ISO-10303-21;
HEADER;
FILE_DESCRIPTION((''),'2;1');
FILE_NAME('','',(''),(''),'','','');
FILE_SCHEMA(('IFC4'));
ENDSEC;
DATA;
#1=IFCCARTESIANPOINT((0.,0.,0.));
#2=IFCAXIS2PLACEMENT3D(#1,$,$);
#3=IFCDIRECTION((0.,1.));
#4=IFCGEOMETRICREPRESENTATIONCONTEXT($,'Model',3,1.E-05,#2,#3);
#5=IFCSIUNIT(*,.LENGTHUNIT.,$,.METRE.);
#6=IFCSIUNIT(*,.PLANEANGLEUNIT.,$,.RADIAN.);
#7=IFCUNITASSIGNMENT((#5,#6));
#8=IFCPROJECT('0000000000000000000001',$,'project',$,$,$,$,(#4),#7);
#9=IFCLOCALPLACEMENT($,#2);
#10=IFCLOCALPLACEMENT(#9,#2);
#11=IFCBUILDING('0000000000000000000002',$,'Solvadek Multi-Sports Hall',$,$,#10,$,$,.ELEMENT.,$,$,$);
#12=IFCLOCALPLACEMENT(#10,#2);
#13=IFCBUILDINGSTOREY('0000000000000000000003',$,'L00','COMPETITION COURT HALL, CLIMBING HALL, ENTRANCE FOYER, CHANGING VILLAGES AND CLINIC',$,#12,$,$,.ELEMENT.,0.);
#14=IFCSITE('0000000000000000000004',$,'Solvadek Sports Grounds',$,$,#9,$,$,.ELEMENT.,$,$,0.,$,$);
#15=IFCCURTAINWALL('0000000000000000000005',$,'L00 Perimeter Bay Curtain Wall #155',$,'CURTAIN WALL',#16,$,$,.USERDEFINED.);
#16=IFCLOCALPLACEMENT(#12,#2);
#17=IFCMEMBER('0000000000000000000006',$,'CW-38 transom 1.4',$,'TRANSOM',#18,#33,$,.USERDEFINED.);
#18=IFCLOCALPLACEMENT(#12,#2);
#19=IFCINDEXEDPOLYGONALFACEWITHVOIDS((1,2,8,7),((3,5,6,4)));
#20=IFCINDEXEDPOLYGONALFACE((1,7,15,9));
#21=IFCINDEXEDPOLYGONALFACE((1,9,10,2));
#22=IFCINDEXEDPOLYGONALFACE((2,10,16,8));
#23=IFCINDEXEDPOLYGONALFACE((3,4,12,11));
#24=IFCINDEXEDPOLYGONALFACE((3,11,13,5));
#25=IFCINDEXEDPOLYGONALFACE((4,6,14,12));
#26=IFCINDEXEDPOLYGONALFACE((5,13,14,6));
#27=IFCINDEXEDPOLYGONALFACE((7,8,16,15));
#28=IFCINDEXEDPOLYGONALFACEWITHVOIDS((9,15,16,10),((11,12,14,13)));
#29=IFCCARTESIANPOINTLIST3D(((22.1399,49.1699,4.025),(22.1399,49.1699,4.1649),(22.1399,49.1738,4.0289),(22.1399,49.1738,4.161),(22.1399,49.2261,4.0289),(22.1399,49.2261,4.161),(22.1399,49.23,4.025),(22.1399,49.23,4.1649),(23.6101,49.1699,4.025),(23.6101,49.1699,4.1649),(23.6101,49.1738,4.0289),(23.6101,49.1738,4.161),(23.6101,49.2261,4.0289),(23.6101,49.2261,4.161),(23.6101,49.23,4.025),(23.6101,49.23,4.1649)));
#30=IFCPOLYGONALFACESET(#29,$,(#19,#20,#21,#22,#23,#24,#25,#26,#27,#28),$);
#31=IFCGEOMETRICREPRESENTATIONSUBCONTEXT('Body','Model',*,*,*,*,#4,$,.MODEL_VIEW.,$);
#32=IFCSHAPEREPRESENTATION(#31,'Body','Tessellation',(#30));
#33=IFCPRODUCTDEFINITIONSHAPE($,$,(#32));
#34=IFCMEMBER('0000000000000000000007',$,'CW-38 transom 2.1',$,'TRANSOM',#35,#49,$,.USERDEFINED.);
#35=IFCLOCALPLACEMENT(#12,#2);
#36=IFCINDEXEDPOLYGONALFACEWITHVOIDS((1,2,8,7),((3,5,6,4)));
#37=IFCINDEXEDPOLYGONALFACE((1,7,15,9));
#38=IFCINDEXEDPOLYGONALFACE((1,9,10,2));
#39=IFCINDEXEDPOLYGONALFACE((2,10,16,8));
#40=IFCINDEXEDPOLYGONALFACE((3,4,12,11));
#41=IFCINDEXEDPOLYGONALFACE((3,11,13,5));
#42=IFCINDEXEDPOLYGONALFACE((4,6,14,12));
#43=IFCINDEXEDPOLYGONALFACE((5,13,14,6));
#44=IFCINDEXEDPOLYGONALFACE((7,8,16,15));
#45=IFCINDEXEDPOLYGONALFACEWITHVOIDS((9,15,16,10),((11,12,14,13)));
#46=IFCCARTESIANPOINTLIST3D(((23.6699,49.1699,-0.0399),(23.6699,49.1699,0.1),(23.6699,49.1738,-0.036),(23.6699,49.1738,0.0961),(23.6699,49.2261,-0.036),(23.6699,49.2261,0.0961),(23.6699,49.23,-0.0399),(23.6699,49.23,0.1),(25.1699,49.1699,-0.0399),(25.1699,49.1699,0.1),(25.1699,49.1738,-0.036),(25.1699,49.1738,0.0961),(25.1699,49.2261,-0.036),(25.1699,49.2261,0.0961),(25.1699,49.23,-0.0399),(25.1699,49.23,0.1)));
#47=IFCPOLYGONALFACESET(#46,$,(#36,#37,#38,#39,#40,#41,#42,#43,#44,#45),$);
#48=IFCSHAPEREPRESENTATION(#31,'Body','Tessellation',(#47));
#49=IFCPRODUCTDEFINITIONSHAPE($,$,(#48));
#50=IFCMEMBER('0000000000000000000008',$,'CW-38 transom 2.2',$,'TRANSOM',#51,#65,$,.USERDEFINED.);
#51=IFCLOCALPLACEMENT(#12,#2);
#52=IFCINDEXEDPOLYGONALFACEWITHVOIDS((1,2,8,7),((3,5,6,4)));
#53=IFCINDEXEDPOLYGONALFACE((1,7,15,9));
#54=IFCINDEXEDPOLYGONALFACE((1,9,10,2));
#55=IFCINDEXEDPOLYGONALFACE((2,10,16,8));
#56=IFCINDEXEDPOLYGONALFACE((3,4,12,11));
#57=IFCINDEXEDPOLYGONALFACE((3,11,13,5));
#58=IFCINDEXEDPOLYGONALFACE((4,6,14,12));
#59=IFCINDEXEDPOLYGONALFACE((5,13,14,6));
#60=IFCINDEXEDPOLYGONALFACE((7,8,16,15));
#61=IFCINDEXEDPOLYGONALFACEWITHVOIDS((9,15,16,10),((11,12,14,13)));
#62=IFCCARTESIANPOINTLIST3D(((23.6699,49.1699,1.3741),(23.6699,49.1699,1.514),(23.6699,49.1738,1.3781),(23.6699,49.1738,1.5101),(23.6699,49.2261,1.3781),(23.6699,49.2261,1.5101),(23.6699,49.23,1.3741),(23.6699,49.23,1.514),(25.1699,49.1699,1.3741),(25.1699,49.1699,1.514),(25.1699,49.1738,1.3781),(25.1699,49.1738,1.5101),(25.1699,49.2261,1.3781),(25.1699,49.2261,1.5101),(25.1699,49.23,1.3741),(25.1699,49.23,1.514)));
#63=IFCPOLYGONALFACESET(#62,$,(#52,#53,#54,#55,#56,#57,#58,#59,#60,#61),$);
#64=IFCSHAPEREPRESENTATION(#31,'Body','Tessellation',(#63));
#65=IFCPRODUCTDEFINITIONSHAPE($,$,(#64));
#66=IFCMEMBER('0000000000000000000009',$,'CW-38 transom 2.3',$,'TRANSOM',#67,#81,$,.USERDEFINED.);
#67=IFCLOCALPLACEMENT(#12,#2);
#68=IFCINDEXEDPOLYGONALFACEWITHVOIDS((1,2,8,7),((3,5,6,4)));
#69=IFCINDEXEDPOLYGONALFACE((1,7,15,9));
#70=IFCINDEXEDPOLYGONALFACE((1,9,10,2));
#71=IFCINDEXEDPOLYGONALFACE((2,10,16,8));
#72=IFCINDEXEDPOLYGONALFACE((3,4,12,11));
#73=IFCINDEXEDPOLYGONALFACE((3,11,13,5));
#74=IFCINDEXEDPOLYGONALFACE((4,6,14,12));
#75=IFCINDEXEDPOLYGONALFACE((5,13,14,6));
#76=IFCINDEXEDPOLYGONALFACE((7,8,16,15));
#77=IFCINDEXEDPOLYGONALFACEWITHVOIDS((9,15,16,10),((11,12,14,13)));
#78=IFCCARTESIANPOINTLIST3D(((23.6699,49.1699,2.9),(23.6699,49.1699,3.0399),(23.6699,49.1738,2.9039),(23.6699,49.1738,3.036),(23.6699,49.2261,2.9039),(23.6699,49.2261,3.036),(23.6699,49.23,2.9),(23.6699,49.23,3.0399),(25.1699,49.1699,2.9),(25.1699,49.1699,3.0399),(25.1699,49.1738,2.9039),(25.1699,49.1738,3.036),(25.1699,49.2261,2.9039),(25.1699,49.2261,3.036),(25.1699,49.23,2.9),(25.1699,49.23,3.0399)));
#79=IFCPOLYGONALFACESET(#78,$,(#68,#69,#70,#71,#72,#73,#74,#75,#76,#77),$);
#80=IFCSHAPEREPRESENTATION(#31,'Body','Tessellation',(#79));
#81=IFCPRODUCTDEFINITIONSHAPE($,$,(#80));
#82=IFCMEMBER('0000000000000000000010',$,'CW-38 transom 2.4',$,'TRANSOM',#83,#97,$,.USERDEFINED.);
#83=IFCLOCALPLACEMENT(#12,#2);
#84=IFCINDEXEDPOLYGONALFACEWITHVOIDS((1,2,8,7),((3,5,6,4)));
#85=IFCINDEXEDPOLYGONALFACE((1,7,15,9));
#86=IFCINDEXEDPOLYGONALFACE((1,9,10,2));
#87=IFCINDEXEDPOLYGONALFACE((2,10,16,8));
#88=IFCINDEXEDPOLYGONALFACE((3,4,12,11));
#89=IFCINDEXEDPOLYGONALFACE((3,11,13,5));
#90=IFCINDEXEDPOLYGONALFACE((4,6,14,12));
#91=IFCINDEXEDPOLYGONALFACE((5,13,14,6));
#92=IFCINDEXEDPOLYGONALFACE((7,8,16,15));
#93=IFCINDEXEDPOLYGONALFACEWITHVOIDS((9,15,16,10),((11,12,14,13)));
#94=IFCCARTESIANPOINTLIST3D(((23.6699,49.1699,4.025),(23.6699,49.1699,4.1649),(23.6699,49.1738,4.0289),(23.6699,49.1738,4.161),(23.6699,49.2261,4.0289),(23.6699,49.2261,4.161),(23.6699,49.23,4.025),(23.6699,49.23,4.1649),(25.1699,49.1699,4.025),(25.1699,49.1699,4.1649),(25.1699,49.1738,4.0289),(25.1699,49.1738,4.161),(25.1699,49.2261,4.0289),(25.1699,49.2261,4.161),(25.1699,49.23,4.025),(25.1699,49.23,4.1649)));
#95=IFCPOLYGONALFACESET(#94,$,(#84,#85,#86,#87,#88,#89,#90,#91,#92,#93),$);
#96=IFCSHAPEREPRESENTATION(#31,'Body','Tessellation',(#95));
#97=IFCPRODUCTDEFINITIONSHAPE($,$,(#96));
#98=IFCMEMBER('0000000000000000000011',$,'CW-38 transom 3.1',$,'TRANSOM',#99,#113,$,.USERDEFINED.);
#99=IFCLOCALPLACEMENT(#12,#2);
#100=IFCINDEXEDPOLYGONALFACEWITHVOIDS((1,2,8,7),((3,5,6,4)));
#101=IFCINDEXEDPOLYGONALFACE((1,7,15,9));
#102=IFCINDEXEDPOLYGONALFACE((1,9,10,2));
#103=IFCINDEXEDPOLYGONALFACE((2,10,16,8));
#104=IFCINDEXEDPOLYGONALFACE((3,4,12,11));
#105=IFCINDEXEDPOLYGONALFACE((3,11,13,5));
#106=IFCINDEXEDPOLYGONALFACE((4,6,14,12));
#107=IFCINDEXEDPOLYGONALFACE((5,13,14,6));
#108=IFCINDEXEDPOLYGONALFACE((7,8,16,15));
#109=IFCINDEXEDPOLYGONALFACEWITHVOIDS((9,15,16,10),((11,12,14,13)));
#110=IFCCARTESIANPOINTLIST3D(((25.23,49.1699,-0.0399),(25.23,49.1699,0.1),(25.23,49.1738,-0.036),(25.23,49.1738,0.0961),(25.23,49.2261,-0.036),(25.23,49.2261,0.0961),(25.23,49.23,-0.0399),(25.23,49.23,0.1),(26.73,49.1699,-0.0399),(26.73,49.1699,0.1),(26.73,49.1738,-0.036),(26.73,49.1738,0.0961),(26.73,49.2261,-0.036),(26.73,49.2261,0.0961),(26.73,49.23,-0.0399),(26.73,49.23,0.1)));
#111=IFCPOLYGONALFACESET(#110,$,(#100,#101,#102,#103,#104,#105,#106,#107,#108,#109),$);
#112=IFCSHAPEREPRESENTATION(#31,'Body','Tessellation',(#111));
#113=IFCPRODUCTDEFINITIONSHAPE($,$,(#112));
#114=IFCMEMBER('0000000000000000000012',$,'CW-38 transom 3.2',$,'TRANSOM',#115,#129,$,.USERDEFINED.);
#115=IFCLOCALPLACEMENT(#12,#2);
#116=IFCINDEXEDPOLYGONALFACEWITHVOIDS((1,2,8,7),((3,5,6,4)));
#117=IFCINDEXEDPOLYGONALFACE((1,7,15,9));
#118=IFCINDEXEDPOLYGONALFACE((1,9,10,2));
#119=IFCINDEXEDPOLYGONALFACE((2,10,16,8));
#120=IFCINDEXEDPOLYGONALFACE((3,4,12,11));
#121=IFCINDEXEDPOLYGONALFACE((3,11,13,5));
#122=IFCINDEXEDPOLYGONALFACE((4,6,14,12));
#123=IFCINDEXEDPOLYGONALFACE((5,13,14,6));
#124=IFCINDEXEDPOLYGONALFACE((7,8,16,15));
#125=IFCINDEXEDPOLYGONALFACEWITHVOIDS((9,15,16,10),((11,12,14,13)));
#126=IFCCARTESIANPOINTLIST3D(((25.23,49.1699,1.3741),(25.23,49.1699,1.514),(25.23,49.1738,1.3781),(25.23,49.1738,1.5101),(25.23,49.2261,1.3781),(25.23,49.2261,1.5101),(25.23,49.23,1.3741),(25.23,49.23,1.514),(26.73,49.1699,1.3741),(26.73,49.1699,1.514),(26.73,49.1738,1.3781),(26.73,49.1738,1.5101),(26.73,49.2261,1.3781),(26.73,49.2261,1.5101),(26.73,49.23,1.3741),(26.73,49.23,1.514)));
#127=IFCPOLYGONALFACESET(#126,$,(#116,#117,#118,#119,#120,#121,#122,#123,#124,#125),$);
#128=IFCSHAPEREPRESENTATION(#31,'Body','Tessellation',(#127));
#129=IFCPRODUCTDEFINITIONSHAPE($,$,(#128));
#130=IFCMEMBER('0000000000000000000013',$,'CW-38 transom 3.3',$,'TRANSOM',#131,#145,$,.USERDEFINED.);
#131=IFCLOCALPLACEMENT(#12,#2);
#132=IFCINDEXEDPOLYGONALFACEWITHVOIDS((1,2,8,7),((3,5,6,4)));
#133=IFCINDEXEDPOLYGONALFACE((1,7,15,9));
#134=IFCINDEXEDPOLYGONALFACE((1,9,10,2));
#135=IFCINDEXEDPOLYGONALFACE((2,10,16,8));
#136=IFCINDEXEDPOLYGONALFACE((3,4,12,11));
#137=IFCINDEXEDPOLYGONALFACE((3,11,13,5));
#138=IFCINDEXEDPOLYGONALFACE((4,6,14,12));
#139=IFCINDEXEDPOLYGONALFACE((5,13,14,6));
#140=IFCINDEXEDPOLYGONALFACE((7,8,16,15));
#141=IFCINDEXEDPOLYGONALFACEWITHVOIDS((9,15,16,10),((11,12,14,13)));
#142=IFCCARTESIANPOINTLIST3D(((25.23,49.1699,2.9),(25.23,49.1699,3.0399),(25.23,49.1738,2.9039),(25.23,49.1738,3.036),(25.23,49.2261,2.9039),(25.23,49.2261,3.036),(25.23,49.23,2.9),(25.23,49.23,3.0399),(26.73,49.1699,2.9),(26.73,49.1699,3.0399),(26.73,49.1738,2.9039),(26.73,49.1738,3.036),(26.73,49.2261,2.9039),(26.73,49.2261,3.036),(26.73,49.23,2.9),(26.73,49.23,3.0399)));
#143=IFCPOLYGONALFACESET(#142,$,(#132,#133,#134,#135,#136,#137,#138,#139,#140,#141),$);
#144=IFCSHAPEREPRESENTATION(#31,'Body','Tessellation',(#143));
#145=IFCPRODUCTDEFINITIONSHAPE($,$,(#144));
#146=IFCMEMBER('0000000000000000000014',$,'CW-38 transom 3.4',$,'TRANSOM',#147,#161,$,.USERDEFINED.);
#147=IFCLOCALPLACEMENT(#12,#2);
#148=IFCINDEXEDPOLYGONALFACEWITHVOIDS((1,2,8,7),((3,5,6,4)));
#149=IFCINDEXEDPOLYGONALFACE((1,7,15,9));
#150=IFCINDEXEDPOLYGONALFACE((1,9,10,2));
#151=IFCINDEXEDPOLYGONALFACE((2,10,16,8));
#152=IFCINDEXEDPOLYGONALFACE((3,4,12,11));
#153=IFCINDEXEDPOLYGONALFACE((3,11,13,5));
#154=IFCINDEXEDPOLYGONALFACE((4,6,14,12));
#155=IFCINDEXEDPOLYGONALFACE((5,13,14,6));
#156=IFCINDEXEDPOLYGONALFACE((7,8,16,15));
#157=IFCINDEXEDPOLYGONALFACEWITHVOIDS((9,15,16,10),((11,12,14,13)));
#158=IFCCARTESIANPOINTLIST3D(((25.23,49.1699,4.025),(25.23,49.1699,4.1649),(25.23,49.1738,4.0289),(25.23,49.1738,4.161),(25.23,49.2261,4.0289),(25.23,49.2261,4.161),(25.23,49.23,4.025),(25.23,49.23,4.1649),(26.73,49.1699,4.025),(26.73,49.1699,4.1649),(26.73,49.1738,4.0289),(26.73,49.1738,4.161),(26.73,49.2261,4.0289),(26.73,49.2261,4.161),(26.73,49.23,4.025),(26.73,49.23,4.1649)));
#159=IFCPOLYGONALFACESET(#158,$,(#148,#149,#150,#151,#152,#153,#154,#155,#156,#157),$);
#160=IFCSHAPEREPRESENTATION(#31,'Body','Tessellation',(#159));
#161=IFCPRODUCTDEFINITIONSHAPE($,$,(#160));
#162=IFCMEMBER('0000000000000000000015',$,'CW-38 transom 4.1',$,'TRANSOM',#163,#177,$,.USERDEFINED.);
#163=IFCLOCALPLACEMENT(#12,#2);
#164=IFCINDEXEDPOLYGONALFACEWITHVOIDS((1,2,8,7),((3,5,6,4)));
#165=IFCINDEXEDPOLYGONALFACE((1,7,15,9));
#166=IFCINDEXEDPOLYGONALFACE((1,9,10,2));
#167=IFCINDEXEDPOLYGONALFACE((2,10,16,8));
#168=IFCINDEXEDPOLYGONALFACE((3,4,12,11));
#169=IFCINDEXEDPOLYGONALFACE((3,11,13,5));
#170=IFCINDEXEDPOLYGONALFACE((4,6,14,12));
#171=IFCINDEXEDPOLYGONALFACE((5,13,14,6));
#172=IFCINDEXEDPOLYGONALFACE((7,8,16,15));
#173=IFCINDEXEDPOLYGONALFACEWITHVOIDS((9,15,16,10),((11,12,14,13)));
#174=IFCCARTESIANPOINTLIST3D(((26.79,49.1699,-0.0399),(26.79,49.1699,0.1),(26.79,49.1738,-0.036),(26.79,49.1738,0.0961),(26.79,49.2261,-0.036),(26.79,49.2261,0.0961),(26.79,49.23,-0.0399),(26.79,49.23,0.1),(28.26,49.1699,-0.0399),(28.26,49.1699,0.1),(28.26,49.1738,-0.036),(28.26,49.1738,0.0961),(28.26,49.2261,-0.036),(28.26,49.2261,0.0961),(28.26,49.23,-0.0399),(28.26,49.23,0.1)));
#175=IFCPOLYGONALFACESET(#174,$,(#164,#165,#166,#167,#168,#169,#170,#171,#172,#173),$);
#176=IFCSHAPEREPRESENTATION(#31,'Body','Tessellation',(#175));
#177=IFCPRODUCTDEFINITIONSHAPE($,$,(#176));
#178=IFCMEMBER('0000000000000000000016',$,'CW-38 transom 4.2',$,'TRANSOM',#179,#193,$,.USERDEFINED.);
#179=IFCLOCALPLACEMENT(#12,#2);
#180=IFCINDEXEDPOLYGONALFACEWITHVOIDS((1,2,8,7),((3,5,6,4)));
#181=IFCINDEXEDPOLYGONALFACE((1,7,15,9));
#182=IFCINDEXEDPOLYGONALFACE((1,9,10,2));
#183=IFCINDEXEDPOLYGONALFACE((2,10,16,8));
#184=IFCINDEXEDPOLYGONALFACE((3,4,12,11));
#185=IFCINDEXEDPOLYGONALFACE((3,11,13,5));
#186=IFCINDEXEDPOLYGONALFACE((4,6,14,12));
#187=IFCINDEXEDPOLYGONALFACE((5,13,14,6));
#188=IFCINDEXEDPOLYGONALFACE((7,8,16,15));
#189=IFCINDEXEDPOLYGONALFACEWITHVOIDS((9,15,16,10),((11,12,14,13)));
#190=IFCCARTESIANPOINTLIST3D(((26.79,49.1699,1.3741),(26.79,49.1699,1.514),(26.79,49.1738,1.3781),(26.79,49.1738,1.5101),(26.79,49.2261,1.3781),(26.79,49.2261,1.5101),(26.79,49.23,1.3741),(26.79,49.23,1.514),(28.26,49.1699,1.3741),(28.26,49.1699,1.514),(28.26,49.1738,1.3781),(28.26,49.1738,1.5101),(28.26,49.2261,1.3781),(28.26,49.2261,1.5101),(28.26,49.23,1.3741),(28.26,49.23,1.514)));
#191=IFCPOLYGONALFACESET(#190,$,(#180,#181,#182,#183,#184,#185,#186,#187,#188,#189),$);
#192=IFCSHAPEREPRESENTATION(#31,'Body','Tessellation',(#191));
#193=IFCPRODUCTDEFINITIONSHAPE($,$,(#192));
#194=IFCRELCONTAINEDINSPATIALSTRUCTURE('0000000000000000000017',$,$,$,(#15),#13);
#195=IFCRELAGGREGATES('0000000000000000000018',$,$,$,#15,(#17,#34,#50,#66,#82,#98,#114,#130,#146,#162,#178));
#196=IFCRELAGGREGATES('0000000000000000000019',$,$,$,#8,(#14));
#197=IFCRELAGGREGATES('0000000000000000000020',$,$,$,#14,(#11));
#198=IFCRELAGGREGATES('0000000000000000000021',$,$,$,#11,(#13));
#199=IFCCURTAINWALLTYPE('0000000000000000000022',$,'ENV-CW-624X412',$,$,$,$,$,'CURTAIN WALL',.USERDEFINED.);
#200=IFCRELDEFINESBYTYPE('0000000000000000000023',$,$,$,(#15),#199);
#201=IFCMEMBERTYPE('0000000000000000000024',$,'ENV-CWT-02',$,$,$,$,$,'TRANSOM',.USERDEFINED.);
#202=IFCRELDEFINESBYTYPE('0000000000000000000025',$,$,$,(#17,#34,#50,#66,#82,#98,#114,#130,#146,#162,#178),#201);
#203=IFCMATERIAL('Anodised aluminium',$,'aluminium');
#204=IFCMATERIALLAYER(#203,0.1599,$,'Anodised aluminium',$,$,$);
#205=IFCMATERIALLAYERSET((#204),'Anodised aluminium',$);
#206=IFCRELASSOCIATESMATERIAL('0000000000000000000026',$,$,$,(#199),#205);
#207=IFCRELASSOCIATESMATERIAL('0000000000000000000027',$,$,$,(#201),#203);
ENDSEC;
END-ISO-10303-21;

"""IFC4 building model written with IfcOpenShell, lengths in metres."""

from ifc_helpers import new_model, si_unit, direction, frame, origin, origin_2d, place, context, subcontext, project, spatial, hollow_rectangle, extrude, material, layer, layer_set, material_profile, profile_set, type_object, element, aggregate, save


model = new_model("IFC4")

# Units and contexts
model_context = context("Model", 3, precision=1e-05, world=origin(), true_north=direction((0.0, 1.0)))
body_context = subcontext(model_context, "Body", "Model", "MODEL_VIEW")
ifc_project = project(units=[si_unit("LENGTHUNIT", "METRE"), si_unit("PLANEANGLEUNIT", "RADIAN")], contexts=[model_context])

# Site, building, storey
site_placement = place(None, origin())
site = spatial("IfcSite", under=ifc_project, at=site_placement, Name="Solvadek Sports Grounds", CompositionType="ELEMENT", RefElevation=0.0)
building_placement = place(site_placement, origin())
building = spatial("IfcBuilding", under=site, at=building_placement, Name="Solvadek Multi-Sports Hall", CompositionType="ELEMENT")
storey_placement = place(building_placement, origin())
storey = spatial("IfcBuildingStorey", under=building, at=storey_placement, Name="L00", Description="COMPETITION COURT HALL, CLIMBING HALL, ENTRANCE FOYER, CHANGING VILLAGES AND CLINIC", CompositionType="ELEMENT", Elevation=0.0)

# Shared definitions
ifc_material_1 = material(Name="Anodised aluminium", Category="aluminium")

# Curtain wall, members
ifc_layer_1 = layer(ifc_material_1, 0.1599, Name="Anodised aluminium")
ifc_layer_set_1 = layer_set([ifc_layer_1], Name="Anodised aluminium")
curtain_wall_type_1 = type_object("IfcCurtainWallType", Name="ENV-CW-624X412", ElementType="CURTAIN WALL", PredefinedType="USERDEFINED", material=ifc_layer_set_1)
curtain_wall_1_placement = place(storey_placement, origin())
curtain_wall_1 = element("IfcCurtainWall", 1, at=curtain_wall_1_placement, inside=storey, type_object=curtain_wall_type_1, Name="L00 Perimeter Bay Curtain Wall #155", ObjectType="CURTAIN WALL", PredefinedType="USERDEFINED")
ifc_material_profile_1 = material_profile(ifc_material_1, hollow_rectangle(XDim=0.0601, YDim=0.1399, WallThickness=0.0039, at=origin_2d()), Name="ALU-T 140x60x4")
ifc_profile_set_1 = profile_set([ifc_material_profile_1], Name="Anodised aluminium")
member_type_1 = type_object("IfcMemberType", Name="ENV-CWT-02", ElementType="TRANSOM", PredefinedType="USERDEFINED", material=ifc_profile_set_1)
member_1_placement = place(storey_placement, frame((22.1399, 49.2, 4.095), z_axis=(1.0, 0.0, 0.0), x_axis=(0.0, 1.0, 0.0)))
member_1 = element("IfcMember", 2, at=member_1_placement, type_object=member_type_1, Name="CW-38 transom 1.4", ObjectType="TRANSOM", PredefinedType="USERDEFINED", context=body_context, shape_type="SweptSolid", body=[
    extrude(hollow_rectangle(XDim=0.0601, YDim=0.1399, WallThickness=0.0039, at=origin_2d()), origin(), (0.0, 0.0, 1.0), 1.4702),
])
member_2_placement = place(storey_placement, frame((23.6699, 49.2, 0.03), z_axis=(1.0, 0.0, 0.0), x_axis=(0.0, 1.0, 0.0)))
member_2 = element("IfcMember", 3, at=member_2_placement, type_object=member_type_1, Name="CW-38 transom 2.1", ObjectType="TRANSOM", PredefinedType="USERDEFINED", context=body_context, shape_type="SweptSolid", body=[
    extrude(hollow_rectangle(XDim=0.0601, YDim=0.1399, WallThickness=0.0039, at=origin_2d()), origin(), (0.0, 0.0, 1.0), 1.5),
])
member_3_placement = place(storey_placement, frame((23.6699, 49.2, 1.4441), z_axis=(1.0, 0.0, 0.0), x_axis=(0.0, 1.0, 0.0)))
member_3 = element("IfcMember", 4, at=member_3_placement, type_object=member_type_1, Name="CW-38 transom 2.2", ObjectType="TRANSOM", PredefinedType="USERDEFINED", context=body_context, shape_type="SweptSolid", body=[
    extrude(hollow_rectangle(XDim=0.0601, YDim=0.1399, WallThickness=0.0039, at=origin_2d()), origin(), (0.0, 0.0, 1.0), 1.5),
])
member_4_placement = place(storey_placement, frame((23.6699, 49.2, 2.97), z_axis=(1.0, 0.0, 0.0), x_axis=(0.0, 1.0, 0.0)))
member_4 = element("IfcMember", 5, at=member_4_placement, type_object=member_type_1, Name="CW-38 transom 2.3", ObjectType="TRANSOM", PredefinedType="USERDEFINED", context=body_context, shape_type="SweptSolid", body=[
    extrude(hollow_rectangle(XDim=0.0601, YDim=0.1399, WallThickness=0.0039, at=origin_2d()), origin(), (0.0, 0.0, 1.0), 1.5),
])
member_5_placement = place(storey_placement, frame((23.6699, 49.2, 4.095), z_axis=(1.0, 0.0, 0.0), x_axis=(0.0, 1.0, 0.0)))
member_5 = element("IfcMember", 6, at=member_5_placement, type_object=member_type_1, Name="CW-38 transom 2.4", ObjectType="TRANSOM", PredefinedType="USERDEFINED", context=body_context, shape_type="SweptSolid", body=[
    extrude(hollow_rectangle(XDim=0.0601, YDim=0.1399, WallThickness=0.0039, at=origin_2d()), origin(), (0.0, 0.0, 1.0), 1.5),
])
member_6_placement = place(storey_placement, frame((25.23, 49.2, 0.03), z_axis=(1.0, 0.0, 0.0), x_axis=(0.0, 1.0, 0.0)))
member_6 = element("IfcMember", 7, at=member_6_placement, type_object=member_type_1, Name="CW-38 transom 3.1", ObjectType="TRANSOM", PredefinedType="USERDEFINED", context=body_context, shape_type="SweptSolid", body=[
    extrude(hollow_rectangle(XDim=0.0601, YDim=0.1399, WallThickness=0.0039, at=origin_2d()), origin(), (0.0, 0.0, 1.0), 1.5),
])
member_7_placement = place(storey_placement, frame((25.23, 49.2, 1.4441), z_axis=(1.0, 0.0, 0.0), x_axis=(0.0, 1.0, 0.0)))
member_7 = element("IfcMember", 8, at=member_7_placement, type_object=member_type_1, Name="CW-38 transom 3.2", ObjectType="TRANSOM", PredefinedType="USERDEFINED", context=body_context, shape_type="SweptSolid", body=[
    extrude(hollow_rectangle(XDim=0.0601, YDim=0.1399, WallThickness=0.0039, at=origin_2d()), origin(), (0.0, 0.0, 1.0), 1.5),
])
member_8_placement = place(storey_placement, frame((25.23, 49.2, 2.97), z_axis=(1.0, 0.0, 0.0), x_axis=(0.0, 1.0, 0.0)))
member_8 = element("IfcMember", 9, at=member_8_placement, type_object=member_type_1, Name="CW-38 transom 3.3", ObjectType="TRANSOM", PredefinedType="USERDEFINED", context=body_context, shape_type="SweptSolid", body=[
    extrude(hollow_rectangle(XDim=0.0601, YDim=0.1399, WallThickness=0.0039, at=origin_2d()), origin(), (0.0, 0.0, 1.0), 1.5),
])
member_9_placement = place(storey_placement, frame((25.23, 49.2, 4.095), z_axis=(1.0, 0.0, 0.0), x_axis=(0.0, 1.0, 0.0)))
member_9 = element("IfcMember", 10, at=member_9_placement, type_object=member_type_1, Name="CW-38 transom 3.4", ObjectType="TRANSOM", PredefinedType="USERDEFINED", context=body_context, shape_type="SweptSolid", body=[
    extrude(hollow_rectangle(XDim=0.0601, YDim=0.1399, WallThickness=0.0039, at=origin_2d()), origin(), (0.0, 0.0, 1.0), 1.5),
])
member_10_placement = place(storey_placement, frame((26.79, 49.2, 0.03), z_axis=(1.0, 0.0, 0.0), x_axis=(0.0, 1.0, 0.0)))
member_10 = element("IfcMember", 11, at=member_10_placement, type_object=member_type_1, Name="CW-38 transom 4.1", ObjectType="TRANSOM", PredefinedType="USERDEFINED", context=body_context, shape_type="SweptSolid", body=[
    extrude(hollow_rectangle(XDim=0.0601, YDim=0.1399, WallThickness=0.0039, at=origin_2d()), origin(), (0.0, 0.0, 1.0), 1.47),
])
member_11_placement = place(storey_placement, frame((26.79, 49.2, 1.4441), z_axis=(1.0, 0.0, 0.0), x_axis=(0.0, 1.0, 0.0)))
member_11 = element("IfcMember", 12, at=member_11_placement, type_object=member_type_1, Name="CW-38 transom 4.2", ObjectType="TRANSOM", PredefinedType="USERDEFINED", context=body_context, shape_type="SweptSolid", body=[
    extrude(hollow_rectangle(XDim=0.0601, YDim=0.1399, WallThickness=0.0039, at=origin_2d()), origin(), (0.0, 0.0, 1.0), 1.47),
])

aggregate(curtain_wall_1, [member_1, member_2, member_3, member_4, member_5, member_6, member_7, member_8, member_9, member_10, member_11])

save(model, "model.ifc")
